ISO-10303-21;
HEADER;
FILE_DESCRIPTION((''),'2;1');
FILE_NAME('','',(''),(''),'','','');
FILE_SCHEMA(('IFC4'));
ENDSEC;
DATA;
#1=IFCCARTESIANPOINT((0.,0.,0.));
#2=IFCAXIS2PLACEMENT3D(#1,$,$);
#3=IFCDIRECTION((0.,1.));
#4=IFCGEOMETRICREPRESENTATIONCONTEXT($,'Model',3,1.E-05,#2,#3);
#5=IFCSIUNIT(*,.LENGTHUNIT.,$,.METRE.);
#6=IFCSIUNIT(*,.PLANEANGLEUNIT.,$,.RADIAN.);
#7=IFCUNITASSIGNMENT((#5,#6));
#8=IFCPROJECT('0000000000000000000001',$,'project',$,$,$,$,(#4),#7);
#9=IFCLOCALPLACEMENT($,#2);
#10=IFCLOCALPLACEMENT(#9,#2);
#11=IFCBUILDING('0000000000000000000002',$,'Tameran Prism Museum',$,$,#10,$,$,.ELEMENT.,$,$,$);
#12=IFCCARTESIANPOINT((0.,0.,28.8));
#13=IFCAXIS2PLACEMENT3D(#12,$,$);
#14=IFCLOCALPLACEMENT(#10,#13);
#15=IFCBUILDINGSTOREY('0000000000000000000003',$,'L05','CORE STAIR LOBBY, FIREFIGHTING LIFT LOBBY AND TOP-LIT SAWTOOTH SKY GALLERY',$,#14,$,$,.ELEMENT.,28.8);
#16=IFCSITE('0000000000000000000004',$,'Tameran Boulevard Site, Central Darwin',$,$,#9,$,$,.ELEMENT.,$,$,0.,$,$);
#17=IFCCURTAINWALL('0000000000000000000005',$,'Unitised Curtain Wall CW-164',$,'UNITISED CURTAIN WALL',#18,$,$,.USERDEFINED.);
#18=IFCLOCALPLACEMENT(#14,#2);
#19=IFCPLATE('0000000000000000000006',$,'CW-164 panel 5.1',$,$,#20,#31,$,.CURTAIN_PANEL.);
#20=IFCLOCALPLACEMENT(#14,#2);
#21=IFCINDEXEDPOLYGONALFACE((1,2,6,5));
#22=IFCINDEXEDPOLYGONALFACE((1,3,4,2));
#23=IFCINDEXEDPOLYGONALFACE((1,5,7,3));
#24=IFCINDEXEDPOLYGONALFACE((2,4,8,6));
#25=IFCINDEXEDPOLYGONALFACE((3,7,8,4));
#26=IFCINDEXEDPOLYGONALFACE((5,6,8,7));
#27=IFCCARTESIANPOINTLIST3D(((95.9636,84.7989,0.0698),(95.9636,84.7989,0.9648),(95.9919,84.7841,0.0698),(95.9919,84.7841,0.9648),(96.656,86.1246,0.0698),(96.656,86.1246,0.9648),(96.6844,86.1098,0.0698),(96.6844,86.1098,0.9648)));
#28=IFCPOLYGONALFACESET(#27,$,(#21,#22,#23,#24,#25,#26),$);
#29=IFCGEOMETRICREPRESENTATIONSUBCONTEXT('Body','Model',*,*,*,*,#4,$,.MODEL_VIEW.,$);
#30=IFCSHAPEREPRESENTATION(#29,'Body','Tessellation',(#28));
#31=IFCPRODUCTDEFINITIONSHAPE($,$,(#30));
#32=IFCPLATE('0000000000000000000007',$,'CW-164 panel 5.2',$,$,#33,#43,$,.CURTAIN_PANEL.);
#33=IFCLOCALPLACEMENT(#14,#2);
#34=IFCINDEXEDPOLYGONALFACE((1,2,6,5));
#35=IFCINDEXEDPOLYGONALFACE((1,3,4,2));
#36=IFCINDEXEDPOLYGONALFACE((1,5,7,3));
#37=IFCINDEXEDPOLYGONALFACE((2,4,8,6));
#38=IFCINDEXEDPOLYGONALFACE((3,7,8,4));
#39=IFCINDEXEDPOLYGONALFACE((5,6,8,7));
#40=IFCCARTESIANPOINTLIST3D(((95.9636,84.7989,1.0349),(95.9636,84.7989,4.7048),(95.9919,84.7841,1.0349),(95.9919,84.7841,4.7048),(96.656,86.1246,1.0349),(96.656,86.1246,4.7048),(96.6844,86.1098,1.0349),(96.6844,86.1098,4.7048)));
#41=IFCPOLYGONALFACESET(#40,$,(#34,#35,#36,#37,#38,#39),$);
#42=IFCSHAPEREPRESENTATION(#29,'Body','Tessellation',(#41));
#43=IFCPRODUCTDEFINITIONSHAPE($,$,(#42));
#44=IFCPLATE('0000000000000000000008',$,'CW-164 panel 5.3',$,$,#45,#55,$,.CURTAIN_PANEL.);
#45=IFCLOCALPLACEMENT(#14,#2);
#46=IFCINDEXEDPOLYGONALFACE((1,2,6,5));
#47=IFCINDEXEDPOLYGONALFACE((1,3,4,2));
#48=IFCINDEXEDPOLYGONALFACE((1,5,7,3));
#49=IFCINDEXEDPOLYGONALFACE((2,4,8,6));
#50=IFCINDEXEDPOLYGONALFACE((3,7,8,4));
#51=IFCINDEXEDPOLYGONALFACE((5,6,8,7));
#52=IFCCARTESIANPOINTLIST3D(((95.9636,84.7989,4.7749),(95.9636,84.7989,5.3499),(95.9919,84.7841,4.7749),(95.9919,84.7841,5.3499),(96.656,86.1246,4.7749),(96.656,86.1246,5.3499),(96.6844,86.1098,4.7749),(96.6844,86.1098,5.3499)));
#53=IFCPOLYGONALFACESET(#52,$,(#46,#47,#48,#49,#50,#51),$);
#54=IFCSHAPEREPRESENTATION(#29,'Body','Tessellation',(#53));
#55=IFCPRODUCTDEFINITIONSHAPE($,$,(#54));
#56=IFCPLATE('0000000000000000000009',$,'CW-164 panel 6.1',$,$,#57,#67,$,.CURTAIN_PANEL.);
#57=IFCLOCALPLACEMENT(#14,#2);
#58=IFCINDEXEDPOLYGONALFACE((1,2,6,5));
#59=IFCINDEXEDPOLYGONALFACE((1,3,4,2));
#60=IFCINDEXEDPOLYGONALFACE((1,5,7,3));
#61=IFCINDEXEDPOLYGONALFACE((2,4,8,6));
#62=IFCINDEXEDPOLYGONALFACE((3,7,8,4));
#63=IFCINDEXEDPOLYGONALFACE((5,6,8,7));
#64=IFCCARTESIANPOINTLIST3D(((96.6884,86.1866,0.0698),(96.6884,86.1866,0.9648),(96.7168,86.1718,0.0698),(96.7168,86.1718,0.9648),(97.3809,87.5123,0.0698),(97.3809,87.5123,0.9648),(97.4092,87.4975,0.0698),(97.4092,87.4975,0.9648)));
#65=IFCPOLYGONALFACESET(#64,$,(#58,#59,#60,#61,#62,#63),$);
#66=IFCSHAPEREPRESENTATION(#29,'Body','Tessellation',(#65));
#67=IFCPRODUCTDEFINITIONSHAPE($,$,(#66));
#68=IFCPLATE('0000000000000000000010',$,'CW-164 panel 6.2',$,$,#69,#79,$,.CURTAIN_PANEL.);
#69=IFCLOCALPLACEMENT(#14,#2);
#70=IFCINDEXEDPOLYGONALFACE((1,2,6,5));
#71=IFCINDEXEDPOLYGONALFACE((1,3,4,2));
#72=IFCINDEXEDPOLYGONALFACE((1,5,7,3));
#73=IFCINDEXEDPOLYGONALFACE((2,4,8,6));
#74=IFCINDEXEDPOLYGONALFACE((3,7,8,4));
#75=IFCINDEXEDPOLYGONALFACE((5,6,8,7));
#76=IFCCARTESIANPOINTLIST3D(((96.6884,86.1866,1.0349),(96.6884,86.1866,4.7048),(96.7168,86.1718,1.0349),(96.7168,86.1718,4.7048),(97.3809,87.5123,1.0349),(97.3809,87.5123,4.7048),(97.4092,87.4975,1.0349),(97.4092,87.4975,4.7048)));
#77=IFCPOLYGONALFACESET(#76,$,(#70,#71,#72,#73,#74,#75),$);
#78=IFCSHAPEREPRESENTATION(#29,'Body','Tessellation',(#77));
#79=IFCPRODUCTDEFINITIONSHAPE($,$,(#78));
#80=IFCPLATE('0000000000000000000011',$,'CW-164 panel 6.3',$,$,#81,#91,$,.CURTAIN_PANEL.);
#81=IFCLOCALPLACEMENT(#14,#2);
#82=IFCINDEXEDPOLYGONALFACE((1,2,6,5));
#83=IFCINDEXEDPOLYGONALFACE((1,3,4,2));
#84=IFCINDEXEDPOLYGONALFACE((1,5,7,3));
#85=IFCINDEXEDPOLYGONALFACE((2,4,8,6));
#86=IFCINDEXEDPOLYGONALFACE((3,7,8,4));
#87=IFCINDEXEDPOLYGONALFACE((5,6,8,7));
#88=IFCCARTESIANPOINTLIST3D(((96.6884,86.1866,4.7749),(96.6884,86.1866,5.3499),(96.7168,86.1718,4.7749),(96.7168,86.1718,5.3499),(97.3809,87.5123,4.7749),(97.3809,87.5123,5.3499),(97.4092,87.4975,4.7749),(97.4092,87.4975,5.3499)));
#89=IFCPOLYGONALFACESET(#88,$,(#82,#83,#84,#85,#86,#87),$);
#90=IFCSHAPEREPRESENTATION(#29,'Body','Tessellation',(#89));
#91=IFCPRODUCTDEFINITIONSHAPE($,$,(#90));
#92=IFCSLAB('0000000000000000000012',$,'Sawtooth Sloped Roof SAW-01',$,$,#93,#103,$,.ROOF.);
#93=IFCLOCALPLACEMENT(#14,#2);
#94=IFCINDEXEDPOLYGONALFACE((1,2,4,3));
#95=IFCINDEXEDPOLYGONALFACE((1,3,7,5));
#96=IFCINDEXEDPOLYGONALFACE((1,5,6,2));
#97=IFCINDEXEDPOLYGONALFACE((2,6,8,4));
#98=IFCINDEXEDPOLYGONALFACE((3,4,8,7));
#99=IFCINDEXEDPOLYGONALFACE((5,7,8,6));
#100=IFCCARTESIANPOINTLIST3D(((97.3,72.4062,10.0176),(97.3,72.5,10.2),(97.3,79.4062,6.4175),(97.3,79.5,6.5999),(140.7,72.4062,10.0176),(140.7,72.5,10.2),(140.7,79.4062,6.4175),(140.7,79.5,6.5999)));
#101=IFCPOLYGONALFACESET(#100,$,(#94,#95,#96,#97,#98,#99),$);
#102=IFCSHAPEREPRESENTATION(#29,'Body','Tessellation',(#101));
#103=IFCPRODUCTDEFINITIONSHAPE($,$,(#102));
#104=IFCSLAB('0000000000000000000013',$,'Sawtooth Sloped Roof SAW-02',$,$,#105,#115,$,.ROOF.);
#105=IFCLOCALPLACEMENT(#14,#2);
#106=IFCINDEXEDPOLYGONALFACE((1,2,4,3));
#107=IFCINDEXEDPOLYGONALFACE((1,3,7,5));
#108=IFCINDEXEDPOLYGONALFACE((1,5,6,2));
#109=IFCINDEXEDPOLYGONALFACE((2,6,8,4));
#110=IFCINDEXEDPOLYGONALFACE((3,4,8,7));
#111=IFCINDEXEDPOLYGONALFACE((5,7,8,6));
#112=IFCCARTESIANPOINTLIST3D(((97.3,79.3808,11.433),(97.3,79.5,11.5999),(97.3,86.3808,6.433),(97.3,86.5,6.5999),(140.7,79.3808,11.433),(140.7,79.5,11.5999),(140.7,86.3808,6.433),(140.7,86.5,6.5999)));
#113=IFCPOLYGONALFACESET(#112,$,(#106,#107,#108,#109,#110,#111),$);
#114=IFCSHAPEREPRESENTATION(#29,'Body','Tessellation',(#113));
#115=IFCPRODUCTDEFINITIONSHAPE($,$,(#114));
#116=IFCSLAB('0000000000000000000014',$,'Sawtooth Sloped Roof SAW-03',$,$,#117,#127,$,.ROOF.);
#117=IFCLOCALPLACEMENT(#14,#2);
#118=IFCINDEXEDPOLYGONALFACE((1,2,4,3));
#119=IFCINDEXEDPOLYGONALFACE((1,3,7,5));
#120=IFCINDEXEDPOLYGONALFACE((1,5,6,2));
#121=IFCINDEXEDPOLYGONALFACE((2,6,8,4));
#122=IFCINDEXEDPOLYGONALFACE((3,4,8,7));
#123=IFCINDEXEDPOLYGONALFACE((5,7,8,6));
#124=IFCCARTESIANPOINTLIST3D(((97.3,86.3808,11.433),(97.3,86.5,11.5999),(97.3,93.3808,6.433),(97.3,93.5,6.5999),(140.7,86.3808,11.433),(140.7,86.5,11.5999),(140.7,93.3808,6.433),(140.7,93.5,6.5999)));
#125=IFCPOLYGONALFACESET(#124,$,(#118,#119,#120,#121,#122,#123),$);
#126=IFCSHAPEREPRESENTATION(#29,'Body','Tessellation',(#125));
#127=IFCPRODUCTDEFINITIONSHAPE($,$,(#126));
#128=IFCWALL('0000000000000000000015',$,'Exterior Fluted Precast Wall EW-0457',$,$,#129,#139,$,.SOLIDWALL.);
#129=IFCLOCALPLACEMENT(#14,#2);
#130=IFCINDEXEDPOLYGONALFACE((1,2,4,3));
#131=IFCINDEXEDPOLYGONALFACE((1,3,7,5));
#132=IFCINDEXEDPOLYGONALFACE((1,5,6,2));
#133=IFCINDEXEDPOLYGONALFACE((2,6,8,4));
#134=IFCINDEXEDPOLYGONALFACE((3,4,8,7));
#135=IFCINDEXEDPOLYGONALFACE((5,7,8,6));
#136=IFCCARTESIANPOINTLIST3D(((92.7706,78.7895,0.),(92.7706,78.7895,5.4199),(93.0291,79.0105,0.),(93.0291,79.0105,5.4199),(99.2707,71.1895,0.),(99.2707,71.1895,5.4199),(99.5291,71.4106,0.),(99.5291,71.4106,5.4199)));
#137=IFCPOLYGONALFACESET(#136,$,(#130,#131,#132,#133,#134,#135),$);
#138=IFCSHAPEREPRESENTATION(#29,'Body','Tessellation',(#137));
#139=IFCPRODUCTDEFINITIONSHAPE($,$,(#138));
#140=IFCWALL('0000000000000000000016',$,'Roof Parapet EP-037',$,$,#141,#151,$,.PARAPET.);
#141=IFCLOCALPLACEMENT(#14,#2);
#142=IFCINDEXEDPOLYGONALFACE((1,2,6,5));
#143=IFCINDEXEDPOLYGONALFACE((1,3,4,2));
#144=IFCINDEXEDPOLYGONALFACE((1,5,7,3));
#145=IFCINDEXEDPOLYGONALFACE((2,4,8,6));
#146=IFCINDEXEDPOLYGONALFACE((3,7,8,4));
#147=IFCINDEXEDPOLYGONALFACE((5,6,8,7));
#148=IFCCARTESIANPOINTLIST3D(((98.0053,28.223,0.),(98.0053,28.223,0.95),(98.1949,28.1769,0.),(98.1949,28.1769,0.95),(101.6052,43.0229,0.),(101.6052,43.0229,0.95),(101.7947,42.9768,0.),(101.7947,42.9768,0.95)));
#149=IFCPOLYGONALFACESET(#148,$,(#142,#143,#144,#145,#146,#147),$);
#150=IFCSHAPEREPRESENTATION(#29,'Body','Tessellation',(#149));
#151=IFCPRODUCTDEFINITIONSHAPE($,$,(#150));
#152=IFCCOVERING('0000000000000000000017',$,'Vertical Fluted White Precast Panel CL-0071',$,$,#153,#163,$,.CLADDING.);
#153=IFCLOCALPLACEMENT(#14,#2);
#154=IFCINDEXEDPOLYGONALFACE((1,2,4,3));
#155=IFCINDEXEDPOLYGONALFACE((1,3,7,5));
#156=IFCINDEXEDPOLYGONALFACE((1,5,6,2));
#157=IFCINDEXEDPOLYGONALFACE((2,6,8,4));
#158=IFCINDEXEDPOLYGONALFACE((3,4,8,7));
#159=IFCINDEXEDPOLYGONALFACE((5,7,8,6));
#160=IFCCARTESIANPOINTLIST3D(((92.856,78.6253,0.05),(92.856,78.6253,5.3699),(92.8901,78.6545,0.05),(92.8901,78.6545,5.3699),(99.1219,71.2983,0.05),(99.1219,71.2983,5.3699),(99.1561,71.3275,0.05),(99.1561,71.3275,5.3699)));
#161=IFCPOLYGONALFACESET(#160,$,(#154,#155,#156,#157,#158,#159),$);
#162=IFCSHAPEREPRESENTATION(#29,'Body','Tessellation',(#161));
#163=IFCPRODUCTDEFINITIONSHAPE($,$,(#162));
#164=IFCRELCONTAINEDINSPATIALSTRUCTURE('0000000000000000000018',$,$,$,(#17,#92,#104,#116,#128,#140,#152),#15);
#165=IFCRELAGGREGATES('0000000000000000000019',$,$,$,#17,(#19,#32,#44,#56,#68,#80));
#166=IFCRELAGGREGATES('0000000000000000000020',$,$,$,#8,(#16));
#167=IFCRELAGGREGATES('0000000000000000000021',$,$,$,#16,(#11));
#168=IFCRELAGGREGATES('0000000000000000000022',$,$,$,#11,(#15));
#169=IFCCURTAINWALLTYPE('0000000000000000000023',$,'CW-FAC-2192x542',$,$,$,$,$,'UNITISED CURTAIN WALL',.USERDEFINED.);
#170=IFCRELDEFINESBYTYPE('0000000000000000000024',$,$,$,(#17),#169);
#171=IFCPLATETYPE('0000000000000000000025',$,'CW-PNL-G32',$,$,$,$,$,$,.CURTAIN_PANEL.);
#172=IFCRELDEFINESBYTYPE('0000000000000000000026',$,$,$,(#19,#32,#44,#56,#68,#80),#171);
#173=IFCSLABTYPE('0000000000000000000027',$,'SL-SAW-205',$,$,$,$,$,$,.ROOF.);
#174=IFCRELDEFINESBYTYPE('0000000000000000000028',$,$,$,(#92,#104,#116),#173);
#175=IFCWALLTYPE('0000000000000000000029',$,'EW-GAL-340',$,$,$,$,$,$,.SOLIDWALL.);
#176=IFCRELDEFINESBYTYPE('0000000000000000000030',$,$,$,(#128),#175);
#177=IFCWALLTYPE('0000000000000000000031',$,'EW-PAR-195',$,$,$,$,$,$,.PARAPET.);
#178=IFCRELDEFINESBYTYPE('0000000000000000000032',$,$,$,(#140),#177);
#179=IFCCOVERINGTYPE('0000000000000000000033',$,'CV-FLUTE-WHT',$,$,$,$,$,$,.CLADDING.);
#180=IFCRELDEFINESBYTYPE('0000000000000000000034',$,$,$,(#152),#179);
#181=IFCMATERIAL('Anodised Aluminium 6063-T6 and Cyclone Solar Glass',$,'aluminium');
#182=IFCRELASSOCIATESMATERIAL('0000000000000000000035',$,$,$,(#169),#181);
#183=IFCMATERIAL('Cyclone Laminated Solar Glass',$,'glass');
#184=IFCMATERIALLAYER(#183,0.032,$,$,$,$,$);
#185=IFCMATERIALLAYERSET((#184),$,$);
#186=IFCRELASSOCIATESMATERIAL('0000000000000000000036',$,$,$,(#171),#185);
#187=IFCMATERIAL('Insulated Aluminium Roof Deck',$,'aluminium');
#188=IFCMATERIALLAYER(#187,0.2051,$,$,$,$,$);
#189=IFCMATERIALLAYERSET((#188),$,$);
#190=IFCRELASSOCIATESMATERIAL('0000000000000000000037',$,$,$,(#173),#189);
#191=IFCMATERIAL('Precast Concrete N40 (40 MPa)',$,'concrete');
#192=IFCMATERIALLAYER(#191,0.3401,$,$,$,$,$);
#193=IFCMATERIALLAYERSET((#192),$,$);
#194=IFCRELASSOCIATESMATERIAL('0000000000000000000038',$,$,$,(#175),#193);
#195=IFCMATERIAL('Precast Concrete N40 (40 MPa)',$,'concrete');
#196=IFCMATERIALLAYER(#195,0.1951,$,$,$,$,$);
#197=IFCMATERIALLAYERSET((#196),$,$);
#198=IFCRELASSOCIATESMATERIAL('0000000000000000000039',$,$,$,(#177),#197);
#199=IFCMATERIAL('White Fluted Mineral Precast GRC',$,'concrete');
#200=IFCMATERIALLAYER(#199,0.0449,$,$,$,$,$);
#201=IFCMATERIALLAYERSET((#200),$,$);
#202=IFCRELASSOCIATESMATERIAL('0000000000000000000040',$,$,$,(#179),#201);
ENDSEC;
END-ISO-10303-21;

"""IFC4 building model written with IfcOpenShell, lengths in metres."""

from ifc_helpers import new_model, si_unit, direction, frame, frame_2d, origin, origin_2d, place, context, subcontext, project, spatial, polyline, rectangle, outline, extrude, material, layer, layer_set, type_object, element, aggregate, save


model = new_model("IFC4")

# Units and contexts
model_context = context("Model", 3, precision=1e-05, world=origin(), true_north=direction((0.0, 1.0)))
body_context = subcontext(model_context, "Body", "Model", "MODEL_VIEW")
ifc_project = project(units=[si_unit("LENGTHUNIT", "METRE"), si_unit("PLANEANGLEUNIT", "RADIAN")], contexts=[model_context])

# Site, building, storey
site_placement = place(None, origin())
site = spatial("IfcSite", under=ifc_project, at=site_placement, Name="Tameran Boulevard Site, Central Darwin", CompositionType="ELEMENT", RefElevation=0.0)
building_placement = place(site_placement, origin())
building = spatial("IfcBuilding", under=site, at=building_placement, Name="Tameran Prism Museum", CompositionType="ELEMENT")
storey_placement = place(building_placement, frame((0.0, 0.0, 28.8)))
storey = spatial("IfcBuildingStorey", under=building, at=storey_placement, Name="L05", Description="CORE STAIR LOBBY, FIREFIGHTING LIFT LOBBY AND TOP-LIT SAWTOOTH SKY GALLERY", CompositionType="ELEMENT", Elevation=28.8)

# Curtain wall, plates
ifc_material_1 = material(Name="Anodised Aluminium 6063-T6 and Cyclone Solar Glass", Category="aluminium")
curtain_wall_type = type_object("IfcCurtainWallType", Name="CW-FAC-2192x542", ElementType="UNITISED CURTAIN WALL", PredefinedType="USERDEFINED", material=ifc_material_1)
curtain_wall_placement = place(storey_placement, origin())
curtain_wall = element("IfcCurtainWall", 1, at=curtain_wall_placement, inside=storey, type_object=curtain_wall_type, Name="Unitised Curtain Wall CW-164", ObjectType="UNITISED CURTAIN WALL", PredefinedType="USERDEFINED")
ifc_material_2 = material(Name="Cyclone Laminated Solar Glass", Category="glass")
ifc_layer_1 = layer(ifc_material_2, 0.032)
ifc_layer_set_1 = layer_set([ifc_layer_1])
plate_type = type_object("IfcPlateType", Name="CW-PNL-G32", PredefinedType="CURTAIN_PANEL", material=ifc_layer_set_1)
plate_1_placement = place(storey_placement, frame((96.324, 85.4543, 0.0698), z_axis=(0.0, 0.0, 1.0), x_axis=(0.463003, 0.886357, 0.0)))
plate_1 = element("IfcPlate", 2, at=plate_1_placement, type_object=plate_type, Name="CW-164 panel 5.1", PredefinedType="CURTAIN_PANEL", context=body_context, shape_type="SweptSolid", body=[
    extrude(rectangle(XDim=1.4956, YDim=0.032, at=origin_2d()), origin(), (0.0, 0.0, 1.0), 0.895),
])
plate_2_placement = place(storey_placement, frame((96.324, 85.4543, 1.0349), z_axis=(0.0, 0.0, 1.0), x_axis=(0.463003, 0.886357, 0.0)))
plate_2 = element("IfcPlate", 3, at=plate_2_placement, type_object=plate_type, Name="CW-164 panel 5.2", PredefinedType="CURTAIN_PANEL", context=body_context, shape_type="SweptSolid", body=[
    extrude(rectangle(XDim=1.4956, YDim=0.032, at=origin_2d()), origin(), (0.0, 0.0, 1.0), 3.6699),
])
plate_3_placement = place(storey_placement, frame((96.324, 85.4543, 4.7749), z_axis=(0.0, 0.0, 1.0), x_axis=(0.463003, 0.886357, 0.0)))
plate_3 = element("IfcPlate", 4, at=plate_3_placement, type_object=plate_type, Name="CW-164 panel 5.3", PredefinedType="CURTAIN_PANEL", context=body_context, shape_type="SweptSolid", body=[
    extrude(rectangle(XDim=1.4956, YDim=0.032, at=origin_2d()), origin(), (0.0, 0.0, 1.0), 0.575),
])
plate_4_placement = place(storey_placement, frame((97.0488, 86.842, 0.0698), z_axis=(0.0, 0.0, 1.0), x_axis=(0.463003, 0.886357, 0.0)))
plate_4 = element("IfcPlate", 5, at=plate_4_placement, type_object=plate_type, Name="CW-164 panel 6.1", PredefinedType="CURTAIN_PANEL", context=body_context, shape_type="SweptSolid", body=[
    extrude(rectangle(XDim=1.4956, YDim=0.032, at=origin_2d()), origin(), (0.0, 0.0, 1.0), 0.895),
])
plate_5_placement = place(storey_placement, frame((97.0488, 86.842, 1.0349), z_axis=(0.0, 0.0, 1.0), x_axis=(0.463003, 0.886357, 0.0)))
plate_5 = element("IfcPlate", 6, at=plate_5_placement, type_object=plate_type, Name="CW-164 panel 6.2", PredefinedType="CURTAIN_PANEL", context=body_context, shape_type="SweptSolid", body=[
    extrude(rectangle(XDim=1.4956, YDim=0.032, at=origin_2d()), origin(), (0.0, 0.0, 1.0), 3.6699),
])
plate_6_placement = place(storey_placement, frame((97.0488, 86.842, 4.7749), z_axis=(0.0, 0.0, 1.0), x_axis=(0.463003, 0.886357, 0.0)))
plate_6 = element("IfcPlate", 7, at=plate_6_placement, type_object=plate_type, Name="CW-164 panel 6.3", PredefinedType="CURTAIN_PANEL", context=body_context, shape_type="SweptSolid", body=[
    extrude(rectangle(XDim=1.4956, YDim=0.032, at=origin_2d()), origin(), (0.0, 0.0, 1.0), 0.575),
])
aggregate(curtain_wall, [plate_1, plate_2, plate_3, plate_4, plate_5, plate_6])

# Slabs
ifc_material_3 = material(Name="Insulated Aluminium Roof Deck", Category="aluminium")
ifc_layer_2 = layer(ifc_material_3, 0.2051)
ifc_layer_set_2 = layer_set([ifc_layer_2])
slab_type = type_object("IfcSlabType", Name="SL-SAW-205", PredefinedType="ROOF", material=ifc_layer_set_2)
slab_placement = place(storey_placement, frame((97.3, 72.5, 10.2), z_axis=(0.0, 0.457358, 0.889283), x_axis=(1.0, 0.0, 0.0)))
element("IfcSlab", 8, at=slab_placement, inside=storey, type_object=slab_type, Name="Sawtooth Sloped Roof SAW-01", PredefinedType="ROOF", context=body_context, shape_type="SweptSolid", body=[
    extrude(outline(polyline([(0.0, 0.0), (43.3999, 0.0), (43.3999, 7.8715), (0.0, 7.8715), (0.0, 0.0)])), origin(), (0.0, 0.0, -1.0), 0.2051),
])
for number, where, z_axis, x_axis, name in (
    (9, (97.3, 79.5, 11.5999), (0.0, 0.581238, 0.813733), (1.0, 0.0, 0.0), "Sawtooth Sloped Roof SAW-02"),
    (10, (97.3, 86.5, 11.5999), (0.0, 0.581238, 0.813733), (1.0, 0.0, 0.0), "Sawtooth Sloped Roof SAW-03"),
):
    element("IfcSlab", number, at=place(storey_placement, frame(where, z_axis=z_axis, x_axis=x_axis)), inside=storey, type_object=slab_type, Name=name, PredefinedType="ROOF", context=body_context, shape_type="SweptSolid", body=[
        extrude(outline(polyline([(0.0, 0.0), (43.3999, 0.0), (43.3999, 8.6023), (0.0, 8.6023), (0.0, 0.0)])), origin(), (0.0, 0.0, -1.0), 0.2051),
    ])

# Walls
ifc_material_4 = material(Name="Precast Concrete N40 (40 MPa)", Category="concrete")
ifc_layer_3 = layer(ifc_material_4, 0.3401)
ifc_layer_set_3 = layer_set([ifc_layer_3])
wall_type_1 = type_object("IfcWallType", Name="EW-GAL-340", PredefinedType="SOLIDWALL", material=ifc_layer_set_3)
wall_1_placement = place(storey_placement, frame((99.3999, 71.3, 0.0), z_axis=(0.0, 0.0, 1.0), x_axis=(-0.649975, 0.759956, 0.0)))
element("IfcWall", 11, at=wall_1_placement, inside=storey, type_object=wall_type_1, Name="Exterior Fluted Precast Wall EW-0457", PredefinedType="SOLIDWALL", context=body_context, shape_type="SweptSolid", body=[
    extrude(rectangle(XDim=10.0005, YDim=0.3401, at=frame_2d((5.0002, 0.0))), origin(), (0.0, 0.0, 1.0), 5.4199),
])
ifc_material_5 = material(Name="Precast Concrete N40 (40 MPa)", Category="concrete")
ifc_layer_4 = layer(ifc_material_5, 0.1951)
ifc_layer_set_4 = layer_set([ifc_layer_4])
wall_type_2 = type_object("IfcWallType", Name="EW-PAR-195", PredefinedType="PARAPET", material=ifc_layer_set_4)
wall_2_placement = place(storey_placement, frame((98.1001, 28.2, 0.0), z_axis=(0.0, 0.0, 1.0), x_axis=(0.236342, 0.97167, 0.0)))
element("IfcWall", 12, at=wall_2_placement, inside=storey, type_object=wall_type_2, Name="Roof Parapet EP-037", PredefinedType="PARAPET", context=body_context, shape_type="SweptSolid", body=[
    extrude(rectangle(XDim=15.2314, YDim=0.1951, at=frame_2d((7.6157, 0.0))), origin(), (0.0, 0.0, 1.0), 0.95),
])

# Covering
ifc_material_6 = material(Name="White Fluted Mineral Precast GRC", Category="concrete")
ifc_layer_5 = layer(ifc_material_6, 0.0449)
ifc_layer_set_5 = layer_set([ifc_layer_5])
covering_type = type_object("IfcCoveringType", Name="CV-FLUTE-WHT", PredefinedType="CLADDING", material=ifc_layer_set_5)
covering_placement = place(storey_placement, frame((99.1389, 71.313, 0.05), z_axis=(0.0, 0.0, 1.0), x_axis=(-0.649934, 0.759991, 0.0)))
element("IfcCovering", 13, at=covering_placement, inside=storey, type_object=covering_type, Name="Vertical Fluted White Precast Panel CL-0071", PredefinedType="CLADDING", context=body_context, shape_type="SweptSolid", body=[
    extrude(rectangle(XDim=9.6409, YDim=0.0449, at=frame_2d((4.8203, 0.0))), origin(), (0.0, 0.0, 1.0), 5.3198),
])

save(model, "model.ifc")
